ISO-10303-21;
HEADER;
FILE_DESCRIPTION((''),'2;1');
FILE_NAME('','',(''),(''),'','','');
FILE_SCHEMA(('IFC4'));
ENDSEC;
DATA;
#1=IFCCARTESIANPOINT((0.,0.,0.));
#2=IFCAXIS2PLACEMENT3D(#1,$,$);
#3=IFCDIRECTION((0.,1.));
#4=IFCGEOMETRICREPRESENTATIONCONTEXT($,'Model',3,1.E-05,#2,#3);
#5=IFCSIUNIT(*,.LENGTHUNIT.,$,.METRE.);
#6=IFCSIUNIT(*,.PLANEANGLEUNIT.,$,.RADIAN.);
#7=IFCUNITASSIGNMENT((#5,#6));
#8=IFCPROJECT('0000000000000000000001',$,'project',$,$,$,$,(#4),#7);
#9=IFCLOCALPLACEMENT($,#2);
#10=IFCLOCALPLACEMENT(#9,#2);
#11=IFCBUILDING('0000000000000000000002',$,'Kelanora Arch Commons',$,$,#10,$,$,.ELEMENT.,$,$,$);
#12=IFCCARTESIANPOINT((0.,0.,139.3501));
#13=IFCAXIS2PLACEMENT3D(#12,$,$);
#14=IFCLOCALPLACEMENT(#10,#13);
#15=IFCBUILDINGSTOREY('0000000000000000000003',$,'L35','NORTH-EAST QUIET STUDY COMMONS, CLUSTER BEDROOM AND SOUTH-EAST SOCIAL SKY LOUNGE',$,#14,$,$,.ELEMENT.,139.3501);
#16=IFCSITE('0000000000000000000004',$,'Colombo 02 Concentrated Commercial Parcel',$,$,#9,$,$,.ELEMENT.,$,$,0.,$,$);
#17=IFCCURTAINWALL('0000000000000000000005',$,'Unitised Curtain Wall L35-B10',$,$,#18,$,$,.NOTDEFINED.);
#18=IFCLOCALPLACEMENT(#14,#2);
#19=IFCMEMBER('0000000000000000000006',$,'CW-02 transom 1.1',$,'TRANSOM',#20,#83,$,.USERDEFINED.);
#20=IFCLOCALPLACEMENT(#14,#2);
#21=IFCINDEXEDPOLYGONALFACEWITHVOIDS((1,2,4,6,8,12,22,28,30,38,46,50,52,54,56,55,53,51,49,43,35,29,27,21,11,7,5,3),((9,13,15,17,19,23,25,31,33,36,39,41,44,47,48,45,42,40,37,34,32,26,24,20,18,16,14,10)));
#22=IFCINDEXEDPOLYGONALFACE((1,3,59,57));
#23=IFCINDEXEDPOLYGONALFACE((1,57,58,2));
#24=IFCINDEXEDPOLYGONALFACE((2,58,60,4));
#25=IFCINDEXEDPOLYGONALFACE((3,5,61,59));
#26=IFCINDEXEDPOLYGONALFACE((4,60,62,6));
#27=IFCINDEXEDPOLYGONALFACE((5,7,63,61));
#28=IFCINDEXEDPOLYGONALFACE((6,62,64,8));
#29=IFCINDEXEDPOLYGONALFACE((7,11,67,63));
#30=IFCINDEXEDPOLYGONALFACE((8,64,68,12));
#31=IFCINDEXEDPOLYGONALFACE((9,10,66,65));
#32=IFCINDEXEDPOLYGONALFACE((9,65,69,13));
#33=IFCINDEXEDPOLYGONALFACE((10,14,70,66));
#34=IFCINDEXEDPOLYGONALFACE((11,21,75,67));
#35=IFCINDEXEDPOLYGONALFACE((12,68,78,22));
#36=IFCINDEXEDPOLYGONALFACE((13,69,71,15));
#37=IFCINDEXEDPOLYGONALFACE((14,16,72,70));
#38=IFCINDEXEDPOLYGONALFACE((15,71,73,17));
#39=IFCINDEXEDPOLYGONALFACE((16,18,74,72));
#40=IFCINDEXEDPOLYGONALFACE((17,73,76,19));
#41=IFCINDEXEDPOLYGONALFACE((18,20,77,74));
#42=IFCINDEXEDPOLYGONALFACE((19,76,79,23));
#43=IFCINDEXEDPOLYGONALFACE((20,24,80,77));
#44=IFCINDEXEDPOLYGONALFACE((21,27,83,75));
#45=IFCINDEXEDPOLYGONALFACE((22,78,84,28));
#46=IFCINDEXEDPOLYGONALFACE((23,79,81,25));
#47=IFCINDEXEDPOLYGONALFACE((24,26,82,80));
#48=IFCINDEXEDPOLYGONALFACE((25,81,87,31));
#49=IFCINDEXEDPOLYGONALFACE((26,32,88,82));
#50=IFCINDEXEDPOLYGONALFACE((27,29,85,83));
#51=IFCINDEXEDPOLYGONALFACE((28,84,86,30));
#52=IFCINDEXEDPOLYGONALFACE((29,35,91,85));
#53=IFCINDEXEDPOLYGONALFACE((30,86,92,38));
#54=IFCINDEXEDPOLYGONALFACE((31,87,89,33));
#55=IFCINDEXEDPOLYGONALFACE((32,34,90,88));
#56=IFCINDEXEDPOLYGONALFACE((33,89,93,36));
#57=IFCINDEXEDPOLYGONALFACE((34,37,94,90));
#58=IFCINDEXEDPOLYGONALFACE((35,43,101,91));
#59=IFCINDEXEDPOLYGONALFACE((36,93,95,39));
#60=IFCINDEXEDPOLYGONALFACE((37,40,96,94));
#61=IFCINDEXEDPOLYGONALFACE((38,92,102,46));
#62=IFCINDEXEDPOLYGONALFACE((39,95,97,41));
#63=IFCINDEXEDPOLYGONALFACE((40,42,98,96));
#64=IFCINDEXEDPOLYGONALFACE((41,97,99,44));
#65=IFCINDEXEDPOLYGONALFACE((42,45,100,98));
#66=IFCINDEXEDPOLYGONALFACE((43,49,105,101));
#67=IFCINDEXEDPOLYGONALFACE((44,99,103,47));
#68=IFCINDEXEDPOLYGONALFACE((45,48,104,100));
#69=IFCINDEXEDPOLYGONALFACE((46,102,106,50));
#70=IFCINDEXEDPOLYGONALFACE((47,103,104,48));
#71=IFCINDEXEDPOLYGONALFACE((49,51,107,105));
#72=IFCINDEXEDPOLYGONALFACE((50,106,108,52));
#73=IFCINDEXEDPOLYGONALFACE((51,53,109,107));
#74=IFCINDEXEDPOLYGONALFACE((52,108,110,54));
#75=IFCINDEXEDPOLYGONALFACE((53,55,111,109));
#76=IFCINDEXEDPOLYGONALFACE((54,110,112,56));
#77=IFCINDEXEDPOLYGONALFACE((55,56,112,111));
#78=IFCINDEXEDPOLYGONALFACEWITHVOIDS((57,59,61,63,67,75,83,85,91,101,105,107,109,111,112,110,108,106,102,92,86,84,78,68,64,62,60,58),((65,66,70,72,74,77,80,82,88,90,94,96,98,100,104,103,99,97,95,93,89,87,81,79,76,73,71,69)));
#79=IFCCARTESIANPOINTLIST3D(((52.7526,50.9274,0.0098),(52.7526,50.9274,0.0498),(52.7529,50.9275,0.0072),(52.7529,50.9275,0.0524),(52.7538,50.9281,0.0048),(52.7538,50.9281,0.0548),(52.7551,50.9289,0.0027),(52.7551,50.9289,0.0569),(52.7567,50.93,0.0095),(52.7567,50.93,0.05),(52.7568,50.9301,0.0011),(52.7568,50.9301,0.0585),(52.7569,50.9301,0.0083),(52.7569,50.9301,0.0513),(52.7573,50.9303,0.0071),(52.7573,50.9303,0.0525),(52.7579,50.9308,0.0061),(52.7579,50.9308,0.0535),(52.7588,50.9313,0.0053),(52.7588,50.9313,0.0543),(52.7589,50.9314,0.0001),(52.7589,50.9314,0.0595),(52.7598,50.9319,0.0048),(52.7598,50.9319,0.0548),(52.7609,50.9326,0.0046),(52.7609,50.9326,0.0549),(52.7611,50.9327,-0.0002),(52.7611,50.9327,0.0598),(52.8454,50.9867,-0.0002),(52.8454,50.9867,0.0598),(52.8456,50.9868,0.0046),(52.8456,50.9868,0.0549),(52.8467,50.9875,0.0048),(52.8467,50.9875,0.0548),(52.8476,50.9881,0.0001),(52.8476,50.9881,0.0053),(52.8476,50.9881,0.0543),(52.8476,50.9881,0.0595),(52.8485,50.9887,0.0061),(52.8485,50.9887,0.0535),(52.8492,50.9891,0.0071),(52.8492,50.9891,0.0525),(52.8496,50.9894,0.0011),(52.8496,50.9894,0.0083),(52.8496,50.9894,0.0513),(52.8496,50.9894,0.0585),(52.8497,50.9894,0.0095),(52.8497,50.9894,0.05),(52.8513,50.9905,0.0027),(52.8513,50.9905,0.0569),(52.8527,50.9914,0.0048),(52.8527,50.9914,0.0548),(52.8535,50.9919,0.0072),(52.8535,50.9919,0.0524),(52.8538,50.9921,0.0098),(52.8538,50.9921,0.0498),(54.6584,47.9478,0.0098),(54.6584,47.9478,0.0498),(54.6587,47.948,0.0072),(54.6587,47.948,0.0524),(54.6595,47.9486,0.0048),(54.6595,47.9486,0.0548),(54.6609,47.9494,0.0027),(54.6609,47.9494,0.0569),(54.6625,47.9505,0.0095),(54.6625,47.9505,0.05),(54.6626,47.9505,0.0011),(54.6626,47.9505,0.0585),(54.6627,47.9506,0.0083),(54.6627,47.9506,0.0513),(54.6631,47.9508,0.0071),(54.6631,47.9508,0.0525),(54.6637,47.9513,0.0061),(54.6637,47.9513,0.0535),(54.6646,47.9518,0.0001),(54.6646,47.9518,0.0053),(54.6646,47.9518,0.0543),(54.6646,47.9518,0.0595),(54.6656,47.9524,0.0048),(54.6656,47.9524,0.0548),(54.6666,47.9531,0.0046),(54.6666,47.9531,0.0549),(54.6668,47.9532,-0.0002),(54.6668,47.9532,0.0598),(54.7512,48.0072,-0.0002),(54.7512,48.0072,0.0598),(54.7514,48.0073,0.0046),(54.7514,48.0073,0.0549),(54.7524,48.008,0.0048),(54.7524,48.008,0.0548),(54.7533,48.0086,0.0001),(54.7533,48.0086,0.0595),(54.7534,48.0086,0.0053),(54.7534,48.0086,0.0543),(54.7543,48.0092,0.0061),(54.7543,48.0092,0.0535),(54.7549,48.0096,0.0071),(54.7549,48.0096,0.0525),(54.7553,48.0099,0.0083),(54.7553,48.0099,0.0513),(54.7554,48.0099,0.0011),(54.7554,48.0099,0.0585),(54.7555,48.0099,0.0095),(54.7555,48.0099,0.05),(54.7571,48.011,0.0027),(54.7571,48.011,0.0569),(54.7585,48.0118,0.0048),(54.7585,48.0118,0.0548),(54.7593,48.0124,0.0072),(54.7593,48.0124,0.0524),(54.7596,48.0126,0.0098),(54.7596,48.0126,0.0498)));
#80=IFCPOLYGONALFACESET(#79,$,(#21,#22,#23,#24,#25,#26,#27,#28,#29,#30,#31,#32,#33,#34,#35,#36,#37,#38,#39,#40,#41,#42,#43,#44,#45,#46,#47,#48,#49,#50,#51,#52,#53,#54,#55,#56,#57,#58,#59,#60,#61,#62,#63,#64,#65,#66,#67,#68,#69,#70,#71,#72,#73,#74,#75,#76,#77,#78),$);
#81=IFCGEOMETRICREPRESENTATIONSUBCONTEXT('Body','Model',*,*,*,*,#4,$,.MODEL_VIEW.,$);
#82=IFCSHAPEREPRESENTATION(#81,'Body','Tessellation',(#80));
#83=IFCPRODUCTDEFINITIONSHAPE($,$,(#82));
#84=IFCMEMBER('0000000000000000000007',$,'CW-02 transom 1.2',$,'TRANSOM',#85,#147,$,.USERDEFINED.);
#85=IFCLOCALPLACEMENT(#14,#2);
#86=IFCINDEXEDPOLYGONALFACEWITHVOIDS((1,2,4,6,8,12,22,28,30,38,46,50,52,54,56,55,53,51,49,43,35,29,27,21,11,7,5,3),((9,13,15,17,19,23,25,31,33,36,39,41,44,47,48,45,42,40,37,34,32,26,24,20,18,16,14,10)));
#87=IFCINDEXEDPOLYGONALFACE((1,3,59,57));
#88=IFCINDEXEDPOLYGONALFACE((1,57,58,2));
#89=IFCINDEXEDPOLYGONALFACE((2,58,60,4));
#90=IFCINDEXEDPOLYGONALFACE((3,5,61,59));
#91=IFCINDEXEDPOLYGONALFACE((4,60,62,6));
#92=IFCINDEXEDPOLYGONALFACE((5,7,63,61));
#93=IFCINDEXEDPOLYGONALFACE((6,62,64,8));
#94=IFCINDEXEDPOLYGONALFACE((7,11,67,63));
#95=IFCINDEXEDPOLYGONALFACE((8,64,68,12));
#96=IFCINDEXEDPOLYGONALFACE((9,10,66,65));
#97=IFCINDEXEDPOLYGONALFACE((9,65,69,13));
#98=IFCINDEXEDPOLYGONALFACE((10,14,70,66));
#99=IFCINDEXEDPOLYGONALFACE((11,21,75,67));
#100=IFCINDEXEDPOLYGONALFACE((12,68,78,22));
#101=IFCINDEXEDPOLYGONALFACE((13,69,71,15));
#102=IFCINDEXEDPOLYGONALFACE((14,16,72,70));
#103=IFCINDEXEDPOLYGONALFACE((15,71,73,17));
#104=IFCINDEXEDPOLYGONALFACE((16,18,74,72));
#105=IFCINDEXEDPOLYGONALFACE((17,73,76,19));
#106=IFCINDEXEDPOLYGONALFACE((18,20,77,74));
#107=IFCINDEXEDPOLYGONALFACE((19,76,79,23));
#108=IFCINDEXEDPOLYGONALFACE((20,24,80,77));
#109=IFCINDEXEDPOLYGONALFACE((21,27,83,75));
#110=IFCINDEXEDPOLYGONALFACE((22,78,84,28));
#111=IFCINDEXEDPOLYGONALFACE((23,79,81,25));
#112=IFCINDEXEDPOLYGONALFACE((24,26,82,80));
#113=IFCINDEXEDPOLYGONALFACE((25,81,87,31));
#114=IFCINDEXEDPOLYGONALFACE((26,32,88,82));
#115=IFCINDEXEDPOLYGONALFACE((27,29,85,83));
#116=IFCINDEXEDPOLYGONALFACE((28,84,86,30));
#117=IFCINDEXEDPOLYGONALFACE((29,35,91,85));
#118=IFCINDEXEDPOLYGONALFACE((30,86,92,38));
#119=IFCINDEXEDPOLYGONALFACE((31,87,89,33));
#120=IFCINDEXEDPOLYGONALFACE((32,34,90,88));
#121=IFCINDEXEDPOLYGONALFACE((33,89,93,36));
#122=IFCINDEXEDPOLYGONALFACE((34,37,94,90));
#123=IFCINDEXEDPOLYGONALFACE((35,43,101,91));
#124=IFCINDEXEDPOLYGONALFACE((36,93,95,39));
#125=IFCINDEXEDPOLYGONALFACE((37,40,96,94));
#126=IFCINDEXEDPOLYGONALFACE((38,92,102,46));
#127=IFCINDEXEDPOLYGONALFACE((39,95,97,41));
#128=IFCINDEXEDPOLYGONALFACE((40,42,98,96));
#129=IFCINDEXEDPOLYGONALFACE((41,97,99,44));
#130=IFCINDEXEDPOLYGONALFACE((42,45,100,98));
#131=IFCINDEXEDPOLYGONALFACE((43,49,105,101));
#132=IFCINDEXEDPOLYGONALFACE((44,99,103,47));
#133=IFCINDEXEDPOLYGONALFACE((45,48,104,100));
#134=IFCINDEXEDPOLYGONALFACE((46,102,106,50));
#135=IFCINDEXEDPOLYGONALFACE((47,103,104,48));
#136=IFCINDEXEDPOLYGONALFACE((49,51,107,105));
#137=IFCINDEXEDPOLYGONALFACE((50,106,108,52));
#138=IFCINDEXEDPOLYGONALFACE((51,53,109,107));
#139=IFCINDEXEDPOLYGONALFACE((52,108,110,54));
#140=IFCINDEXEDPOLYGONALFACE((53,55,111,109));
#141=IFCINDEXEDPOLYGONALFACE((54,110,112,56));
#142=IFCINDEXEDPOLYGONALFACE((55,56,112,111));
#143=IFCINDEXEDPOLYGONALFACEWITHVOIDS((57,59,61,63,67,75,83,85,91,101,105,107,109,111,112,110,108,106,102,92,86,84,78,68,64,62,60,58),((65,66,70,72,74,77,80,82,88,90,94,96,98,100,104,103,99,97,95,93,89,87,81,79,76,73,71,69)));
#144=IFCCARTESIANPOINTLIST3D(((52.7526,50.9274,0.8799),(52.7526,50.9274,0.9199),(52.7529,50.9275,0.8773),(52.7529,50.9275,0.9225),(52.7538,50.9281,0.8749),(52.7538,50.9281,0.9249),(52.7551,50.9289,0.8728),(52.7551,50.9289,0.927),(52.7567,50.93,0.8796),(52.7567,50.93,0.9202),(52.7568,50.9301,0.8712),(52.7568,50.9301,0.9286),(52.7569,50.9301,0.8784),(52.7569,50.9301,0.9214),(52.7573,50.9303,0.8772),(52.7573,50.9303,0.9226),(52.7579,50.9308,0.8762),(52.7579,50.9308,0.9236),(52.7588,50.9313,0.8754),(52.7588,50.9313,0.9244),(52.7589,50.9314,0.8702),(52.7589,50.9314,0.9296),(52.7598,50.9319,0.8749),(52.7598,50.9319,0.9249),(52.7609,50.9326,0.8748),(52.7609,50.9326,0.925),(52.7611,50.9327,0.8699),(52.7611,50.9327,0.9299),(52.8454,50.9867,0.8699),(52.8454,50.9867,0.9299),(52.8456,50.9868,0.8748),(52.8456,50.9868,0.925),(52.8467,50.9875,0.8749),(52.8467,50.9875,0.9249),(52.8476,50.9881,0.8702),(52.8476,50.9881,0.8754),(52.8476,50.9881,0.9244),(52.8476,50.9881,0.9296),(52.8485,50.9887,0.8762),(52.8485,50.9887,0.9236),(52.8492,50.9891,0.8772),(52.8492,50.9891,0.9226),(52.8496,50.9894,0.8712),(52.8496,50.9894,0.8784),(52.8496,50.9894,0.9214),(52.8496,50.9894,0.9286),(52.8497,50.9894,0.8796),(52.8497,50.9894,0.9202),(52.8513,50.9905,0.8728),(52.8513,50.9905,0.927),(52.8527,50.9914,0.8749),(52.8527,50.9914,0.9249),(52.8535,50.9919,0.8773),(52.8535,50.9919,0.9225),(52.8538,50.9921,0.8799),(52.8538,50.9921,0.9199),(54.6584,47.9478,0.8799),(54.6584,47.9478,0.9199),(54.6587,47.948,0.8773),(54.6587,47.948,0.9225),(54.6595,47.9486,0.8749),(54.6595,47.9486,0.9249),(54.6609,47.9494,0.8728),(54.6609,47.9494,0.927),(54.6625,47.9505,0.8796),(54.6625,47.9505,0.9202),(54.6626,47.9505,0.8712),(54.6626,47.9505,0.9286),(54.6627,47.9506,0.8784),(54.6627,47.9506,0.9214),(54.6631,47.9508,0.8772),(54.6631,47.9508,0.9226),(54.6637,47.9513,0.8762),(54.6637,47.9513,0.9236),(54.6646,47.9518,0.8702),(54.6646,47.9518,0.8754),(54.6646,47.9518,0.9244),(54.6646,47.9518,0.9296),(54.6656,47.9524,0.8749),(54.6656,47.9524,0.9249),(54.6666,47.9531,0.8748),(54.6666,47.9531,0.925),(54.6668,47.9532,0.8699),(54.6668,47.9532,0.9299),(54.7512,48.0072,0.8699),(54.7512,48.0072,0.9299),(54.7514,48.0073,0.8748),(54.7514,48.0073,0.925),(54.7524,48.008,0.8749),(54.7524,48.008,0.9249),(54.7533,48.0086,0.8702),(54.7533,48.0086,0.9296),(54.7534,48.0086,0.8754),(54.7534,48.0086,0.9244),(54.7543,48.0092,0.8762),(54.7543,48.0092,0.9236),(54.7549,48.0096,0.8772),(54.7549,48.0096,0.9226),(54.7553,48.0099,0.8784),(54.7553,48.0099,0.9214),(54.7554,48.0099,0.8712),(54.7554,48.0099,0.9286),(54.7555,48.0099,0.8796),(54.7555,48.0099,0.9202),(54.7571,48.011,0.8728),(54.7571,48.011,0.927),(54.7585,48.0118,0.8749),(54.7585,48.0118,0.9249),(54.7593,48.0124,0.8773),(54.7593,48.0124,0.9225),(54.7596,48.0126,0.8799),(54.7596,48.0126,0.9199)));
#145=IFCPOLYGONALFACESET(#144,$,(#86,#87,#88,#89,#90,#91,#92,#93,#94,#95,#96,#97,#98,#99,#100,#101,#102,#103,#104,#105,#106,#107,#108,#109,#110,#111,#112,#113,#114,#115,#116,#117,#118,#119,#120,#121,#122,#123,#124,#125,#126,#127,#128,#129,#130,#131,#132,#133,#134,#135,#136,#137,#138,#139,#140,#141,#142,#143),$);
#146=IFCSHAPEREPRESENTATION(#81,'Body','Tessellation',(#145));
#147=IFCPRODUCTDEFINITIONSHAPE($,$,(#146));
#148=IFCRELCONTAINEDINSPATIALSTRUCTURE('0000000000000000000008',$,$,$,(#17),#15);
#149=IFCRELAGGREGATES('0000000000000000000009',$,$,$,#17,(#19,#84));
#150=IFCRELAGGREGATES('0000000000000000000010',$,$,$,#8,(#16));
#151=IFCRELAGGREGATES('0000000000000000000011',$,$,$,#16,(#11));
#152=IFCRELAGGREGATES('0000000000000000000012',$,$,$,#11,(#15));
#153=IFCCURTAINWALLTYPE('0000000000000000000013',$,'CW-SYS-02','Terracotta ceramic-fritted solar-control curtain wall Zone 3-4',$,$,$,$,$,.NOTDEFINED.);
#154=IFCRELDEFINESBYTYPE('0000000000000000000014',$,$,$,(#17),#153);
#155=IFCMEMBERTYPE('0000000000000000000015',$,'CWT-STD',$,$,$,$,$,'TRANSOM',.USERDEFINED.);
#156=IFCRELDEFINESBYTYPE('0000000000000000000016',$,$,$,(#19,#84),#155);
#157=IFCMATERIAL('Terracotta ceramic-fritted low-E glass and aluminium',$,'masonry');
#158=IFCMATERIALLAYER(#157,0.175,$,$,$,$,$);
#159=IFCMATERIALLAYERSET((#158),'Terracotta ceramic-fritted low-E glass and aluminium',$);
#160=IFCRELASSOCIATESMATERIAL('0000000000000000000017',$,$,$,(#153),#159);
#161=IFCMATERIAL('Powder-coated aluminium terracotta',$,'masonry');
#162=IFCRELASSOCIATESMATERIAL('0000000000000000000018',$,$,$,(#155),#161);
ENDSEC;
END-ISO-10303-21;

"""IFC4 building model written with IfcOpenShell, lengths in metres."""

from ifc_helpers import new_model, si_unit, direction, frame, origin, origin_2d, place, context, subcontext, project, spatial, hollow_rectangle, extrude, material, layer, layer_set, material_profile, profile_set, type_object, element, aggregate, save


model = new_model("IFC4")

# Units and contexts
model_context = context("Model", 3, precision=1e-05, world=origin(), true_north=direction((0.0, 1.0)))
body_context = subcontext(model_context, "Body", "Model", "MODEL_VIEW")
ifc_project = project(units=[si_unit("LENGTHUNIT", "METRE"), si_unit("PLANEANGLEUNIT", "RADIAN")], contexts=[model_context])

# Site, building, storey
site_placement = place(None, origin())
site = spatial("IfcSite", under=ifc_project, at=site_placement, Name="Colombo 02 Concentrated Commercial Parcel", CompositionType="ELEMENT", RefElevation=0.0)
building_placement = place(site_placement, origin())
building = spatial("IfcBuilding", under=site, at=building_placement, Name="Kelanora Arch Commons", CompositionType="ELEMENT")
storey_placement = place(building_placement, frame((0.0, 0.0, 139.3501)))
storey = spatial("IfcBuildingStorey", under=building, at=storey_placement, Name="L35", Description="NORTH-EAST QUIET STUDY COMMONS, CLUSTER BEDROOM AND SOUTH-EAST SOCIAL SKY LOUNGE", CompositionType="ELEMENT", Elevation=139.3501)

# Curtain wall, members
ifc_material_1 = material(Name="Terracotta ceramic-fritted low-E glass and aluminium", Category="masonry")
ifc_layer_1 = layer(ifc_material_1, 0.175)
ifc_layer_set_1 = layer_set([ifc_layer_1], Name="Terracotta ceramic-fritted low-E glass and aluminium")
curtain_wall_type = type_object("IfcCurtainWallType", Name="CW-SYS-02", Description="Terracotta ceramic-fritted solar-control curtain wall Zone 3-4", PredefinedType="NOTDEFINED", material=ifc_layer_set_1)
curtain_wall_placement = place(storey_placement, origin())
curtain_wall = element("IfcCurtainWall", 1, at=curtain_wall_placement, inside=storey, type_object=curtain_wall_type, Name="Unitised Curtain Wall L35-B10", PredefinedType="NOTDEFINED")
ifc_material_2 = material(Name="Powder-coated aluminium terracotta", Category="masonry")
ifc_material_profile_1 = material_profile(ifc_material_2, hollow_rectangle(XDim=0.1201, YDim=0.0601, WallThickness=0.0049, InnerFilletRadius=0.0049, OuterFilletRadius=0.01, at=origin_2d()), Name="CWT120x60")
ifc_profile_set_1 = profile_set([ifc_material_profile_1], Name="Powder-coated aluminium terracotta")
member_type_1 = type_object("IfcMemberType", Name="CWT-STD", ElementType="TRANSOM", PredefinedType="USERDEFINED", material=ifc_profile_set_1)
member_1_placement = place(storey_placement, frame((52.8032, 50.9597, 0.0298), z_axis=(0.53883, -0.842414, 0.0), x_axis=(0.842414, 0.53883, 0.0)))
member_1 = element("IfcMember", 2, at=member_1_placement, type_object=member_type_1, Name="CW-02 transom 1.1", ObjectType="TRANSOM", PredefinedType="USERDEFINED", context=body_context, shape_type="SweptSolid", body=[
    extrude(hollow_rectangle(XDim=0.1201, YDim=0.0601, WallThickness=0.0049, InnerFilletRadius=0.0049, OuterFilletRadius=0.01, at=origin_2d()), origin(), (0.0, 0.0, 1.0), 3.5369),
])
member_2_placement = place(storey_placement, frame((52.8032, 50.9597, 0.8999), z_axis=(0.53883, -0.842414, 0.0), x_axis=(0.842414, 0.53883, 0.0)))
member_2 = element("IfcMember", 3, at=member_2_placement, type_object=member_type_1, Name="CW-02 transom 1.2", ObjectType="TRANSOM", PredefinedType="USERDEFINED", context=body_context, shape_type="SweptSolid", body=[
    extrude(hollow_rectangle(XDim=0.1201, YDim=0.0601, WallThickness=0.0049, InnerFilletRadius=0.0049, OuterFilletRadius=0.01, at=origin_2d()), origin(), (0.0, 0.0, 1.0), 3.5369),
])

aggregate(curtain_wall, [member_1, member_2])

save(model, "model.ifc")
